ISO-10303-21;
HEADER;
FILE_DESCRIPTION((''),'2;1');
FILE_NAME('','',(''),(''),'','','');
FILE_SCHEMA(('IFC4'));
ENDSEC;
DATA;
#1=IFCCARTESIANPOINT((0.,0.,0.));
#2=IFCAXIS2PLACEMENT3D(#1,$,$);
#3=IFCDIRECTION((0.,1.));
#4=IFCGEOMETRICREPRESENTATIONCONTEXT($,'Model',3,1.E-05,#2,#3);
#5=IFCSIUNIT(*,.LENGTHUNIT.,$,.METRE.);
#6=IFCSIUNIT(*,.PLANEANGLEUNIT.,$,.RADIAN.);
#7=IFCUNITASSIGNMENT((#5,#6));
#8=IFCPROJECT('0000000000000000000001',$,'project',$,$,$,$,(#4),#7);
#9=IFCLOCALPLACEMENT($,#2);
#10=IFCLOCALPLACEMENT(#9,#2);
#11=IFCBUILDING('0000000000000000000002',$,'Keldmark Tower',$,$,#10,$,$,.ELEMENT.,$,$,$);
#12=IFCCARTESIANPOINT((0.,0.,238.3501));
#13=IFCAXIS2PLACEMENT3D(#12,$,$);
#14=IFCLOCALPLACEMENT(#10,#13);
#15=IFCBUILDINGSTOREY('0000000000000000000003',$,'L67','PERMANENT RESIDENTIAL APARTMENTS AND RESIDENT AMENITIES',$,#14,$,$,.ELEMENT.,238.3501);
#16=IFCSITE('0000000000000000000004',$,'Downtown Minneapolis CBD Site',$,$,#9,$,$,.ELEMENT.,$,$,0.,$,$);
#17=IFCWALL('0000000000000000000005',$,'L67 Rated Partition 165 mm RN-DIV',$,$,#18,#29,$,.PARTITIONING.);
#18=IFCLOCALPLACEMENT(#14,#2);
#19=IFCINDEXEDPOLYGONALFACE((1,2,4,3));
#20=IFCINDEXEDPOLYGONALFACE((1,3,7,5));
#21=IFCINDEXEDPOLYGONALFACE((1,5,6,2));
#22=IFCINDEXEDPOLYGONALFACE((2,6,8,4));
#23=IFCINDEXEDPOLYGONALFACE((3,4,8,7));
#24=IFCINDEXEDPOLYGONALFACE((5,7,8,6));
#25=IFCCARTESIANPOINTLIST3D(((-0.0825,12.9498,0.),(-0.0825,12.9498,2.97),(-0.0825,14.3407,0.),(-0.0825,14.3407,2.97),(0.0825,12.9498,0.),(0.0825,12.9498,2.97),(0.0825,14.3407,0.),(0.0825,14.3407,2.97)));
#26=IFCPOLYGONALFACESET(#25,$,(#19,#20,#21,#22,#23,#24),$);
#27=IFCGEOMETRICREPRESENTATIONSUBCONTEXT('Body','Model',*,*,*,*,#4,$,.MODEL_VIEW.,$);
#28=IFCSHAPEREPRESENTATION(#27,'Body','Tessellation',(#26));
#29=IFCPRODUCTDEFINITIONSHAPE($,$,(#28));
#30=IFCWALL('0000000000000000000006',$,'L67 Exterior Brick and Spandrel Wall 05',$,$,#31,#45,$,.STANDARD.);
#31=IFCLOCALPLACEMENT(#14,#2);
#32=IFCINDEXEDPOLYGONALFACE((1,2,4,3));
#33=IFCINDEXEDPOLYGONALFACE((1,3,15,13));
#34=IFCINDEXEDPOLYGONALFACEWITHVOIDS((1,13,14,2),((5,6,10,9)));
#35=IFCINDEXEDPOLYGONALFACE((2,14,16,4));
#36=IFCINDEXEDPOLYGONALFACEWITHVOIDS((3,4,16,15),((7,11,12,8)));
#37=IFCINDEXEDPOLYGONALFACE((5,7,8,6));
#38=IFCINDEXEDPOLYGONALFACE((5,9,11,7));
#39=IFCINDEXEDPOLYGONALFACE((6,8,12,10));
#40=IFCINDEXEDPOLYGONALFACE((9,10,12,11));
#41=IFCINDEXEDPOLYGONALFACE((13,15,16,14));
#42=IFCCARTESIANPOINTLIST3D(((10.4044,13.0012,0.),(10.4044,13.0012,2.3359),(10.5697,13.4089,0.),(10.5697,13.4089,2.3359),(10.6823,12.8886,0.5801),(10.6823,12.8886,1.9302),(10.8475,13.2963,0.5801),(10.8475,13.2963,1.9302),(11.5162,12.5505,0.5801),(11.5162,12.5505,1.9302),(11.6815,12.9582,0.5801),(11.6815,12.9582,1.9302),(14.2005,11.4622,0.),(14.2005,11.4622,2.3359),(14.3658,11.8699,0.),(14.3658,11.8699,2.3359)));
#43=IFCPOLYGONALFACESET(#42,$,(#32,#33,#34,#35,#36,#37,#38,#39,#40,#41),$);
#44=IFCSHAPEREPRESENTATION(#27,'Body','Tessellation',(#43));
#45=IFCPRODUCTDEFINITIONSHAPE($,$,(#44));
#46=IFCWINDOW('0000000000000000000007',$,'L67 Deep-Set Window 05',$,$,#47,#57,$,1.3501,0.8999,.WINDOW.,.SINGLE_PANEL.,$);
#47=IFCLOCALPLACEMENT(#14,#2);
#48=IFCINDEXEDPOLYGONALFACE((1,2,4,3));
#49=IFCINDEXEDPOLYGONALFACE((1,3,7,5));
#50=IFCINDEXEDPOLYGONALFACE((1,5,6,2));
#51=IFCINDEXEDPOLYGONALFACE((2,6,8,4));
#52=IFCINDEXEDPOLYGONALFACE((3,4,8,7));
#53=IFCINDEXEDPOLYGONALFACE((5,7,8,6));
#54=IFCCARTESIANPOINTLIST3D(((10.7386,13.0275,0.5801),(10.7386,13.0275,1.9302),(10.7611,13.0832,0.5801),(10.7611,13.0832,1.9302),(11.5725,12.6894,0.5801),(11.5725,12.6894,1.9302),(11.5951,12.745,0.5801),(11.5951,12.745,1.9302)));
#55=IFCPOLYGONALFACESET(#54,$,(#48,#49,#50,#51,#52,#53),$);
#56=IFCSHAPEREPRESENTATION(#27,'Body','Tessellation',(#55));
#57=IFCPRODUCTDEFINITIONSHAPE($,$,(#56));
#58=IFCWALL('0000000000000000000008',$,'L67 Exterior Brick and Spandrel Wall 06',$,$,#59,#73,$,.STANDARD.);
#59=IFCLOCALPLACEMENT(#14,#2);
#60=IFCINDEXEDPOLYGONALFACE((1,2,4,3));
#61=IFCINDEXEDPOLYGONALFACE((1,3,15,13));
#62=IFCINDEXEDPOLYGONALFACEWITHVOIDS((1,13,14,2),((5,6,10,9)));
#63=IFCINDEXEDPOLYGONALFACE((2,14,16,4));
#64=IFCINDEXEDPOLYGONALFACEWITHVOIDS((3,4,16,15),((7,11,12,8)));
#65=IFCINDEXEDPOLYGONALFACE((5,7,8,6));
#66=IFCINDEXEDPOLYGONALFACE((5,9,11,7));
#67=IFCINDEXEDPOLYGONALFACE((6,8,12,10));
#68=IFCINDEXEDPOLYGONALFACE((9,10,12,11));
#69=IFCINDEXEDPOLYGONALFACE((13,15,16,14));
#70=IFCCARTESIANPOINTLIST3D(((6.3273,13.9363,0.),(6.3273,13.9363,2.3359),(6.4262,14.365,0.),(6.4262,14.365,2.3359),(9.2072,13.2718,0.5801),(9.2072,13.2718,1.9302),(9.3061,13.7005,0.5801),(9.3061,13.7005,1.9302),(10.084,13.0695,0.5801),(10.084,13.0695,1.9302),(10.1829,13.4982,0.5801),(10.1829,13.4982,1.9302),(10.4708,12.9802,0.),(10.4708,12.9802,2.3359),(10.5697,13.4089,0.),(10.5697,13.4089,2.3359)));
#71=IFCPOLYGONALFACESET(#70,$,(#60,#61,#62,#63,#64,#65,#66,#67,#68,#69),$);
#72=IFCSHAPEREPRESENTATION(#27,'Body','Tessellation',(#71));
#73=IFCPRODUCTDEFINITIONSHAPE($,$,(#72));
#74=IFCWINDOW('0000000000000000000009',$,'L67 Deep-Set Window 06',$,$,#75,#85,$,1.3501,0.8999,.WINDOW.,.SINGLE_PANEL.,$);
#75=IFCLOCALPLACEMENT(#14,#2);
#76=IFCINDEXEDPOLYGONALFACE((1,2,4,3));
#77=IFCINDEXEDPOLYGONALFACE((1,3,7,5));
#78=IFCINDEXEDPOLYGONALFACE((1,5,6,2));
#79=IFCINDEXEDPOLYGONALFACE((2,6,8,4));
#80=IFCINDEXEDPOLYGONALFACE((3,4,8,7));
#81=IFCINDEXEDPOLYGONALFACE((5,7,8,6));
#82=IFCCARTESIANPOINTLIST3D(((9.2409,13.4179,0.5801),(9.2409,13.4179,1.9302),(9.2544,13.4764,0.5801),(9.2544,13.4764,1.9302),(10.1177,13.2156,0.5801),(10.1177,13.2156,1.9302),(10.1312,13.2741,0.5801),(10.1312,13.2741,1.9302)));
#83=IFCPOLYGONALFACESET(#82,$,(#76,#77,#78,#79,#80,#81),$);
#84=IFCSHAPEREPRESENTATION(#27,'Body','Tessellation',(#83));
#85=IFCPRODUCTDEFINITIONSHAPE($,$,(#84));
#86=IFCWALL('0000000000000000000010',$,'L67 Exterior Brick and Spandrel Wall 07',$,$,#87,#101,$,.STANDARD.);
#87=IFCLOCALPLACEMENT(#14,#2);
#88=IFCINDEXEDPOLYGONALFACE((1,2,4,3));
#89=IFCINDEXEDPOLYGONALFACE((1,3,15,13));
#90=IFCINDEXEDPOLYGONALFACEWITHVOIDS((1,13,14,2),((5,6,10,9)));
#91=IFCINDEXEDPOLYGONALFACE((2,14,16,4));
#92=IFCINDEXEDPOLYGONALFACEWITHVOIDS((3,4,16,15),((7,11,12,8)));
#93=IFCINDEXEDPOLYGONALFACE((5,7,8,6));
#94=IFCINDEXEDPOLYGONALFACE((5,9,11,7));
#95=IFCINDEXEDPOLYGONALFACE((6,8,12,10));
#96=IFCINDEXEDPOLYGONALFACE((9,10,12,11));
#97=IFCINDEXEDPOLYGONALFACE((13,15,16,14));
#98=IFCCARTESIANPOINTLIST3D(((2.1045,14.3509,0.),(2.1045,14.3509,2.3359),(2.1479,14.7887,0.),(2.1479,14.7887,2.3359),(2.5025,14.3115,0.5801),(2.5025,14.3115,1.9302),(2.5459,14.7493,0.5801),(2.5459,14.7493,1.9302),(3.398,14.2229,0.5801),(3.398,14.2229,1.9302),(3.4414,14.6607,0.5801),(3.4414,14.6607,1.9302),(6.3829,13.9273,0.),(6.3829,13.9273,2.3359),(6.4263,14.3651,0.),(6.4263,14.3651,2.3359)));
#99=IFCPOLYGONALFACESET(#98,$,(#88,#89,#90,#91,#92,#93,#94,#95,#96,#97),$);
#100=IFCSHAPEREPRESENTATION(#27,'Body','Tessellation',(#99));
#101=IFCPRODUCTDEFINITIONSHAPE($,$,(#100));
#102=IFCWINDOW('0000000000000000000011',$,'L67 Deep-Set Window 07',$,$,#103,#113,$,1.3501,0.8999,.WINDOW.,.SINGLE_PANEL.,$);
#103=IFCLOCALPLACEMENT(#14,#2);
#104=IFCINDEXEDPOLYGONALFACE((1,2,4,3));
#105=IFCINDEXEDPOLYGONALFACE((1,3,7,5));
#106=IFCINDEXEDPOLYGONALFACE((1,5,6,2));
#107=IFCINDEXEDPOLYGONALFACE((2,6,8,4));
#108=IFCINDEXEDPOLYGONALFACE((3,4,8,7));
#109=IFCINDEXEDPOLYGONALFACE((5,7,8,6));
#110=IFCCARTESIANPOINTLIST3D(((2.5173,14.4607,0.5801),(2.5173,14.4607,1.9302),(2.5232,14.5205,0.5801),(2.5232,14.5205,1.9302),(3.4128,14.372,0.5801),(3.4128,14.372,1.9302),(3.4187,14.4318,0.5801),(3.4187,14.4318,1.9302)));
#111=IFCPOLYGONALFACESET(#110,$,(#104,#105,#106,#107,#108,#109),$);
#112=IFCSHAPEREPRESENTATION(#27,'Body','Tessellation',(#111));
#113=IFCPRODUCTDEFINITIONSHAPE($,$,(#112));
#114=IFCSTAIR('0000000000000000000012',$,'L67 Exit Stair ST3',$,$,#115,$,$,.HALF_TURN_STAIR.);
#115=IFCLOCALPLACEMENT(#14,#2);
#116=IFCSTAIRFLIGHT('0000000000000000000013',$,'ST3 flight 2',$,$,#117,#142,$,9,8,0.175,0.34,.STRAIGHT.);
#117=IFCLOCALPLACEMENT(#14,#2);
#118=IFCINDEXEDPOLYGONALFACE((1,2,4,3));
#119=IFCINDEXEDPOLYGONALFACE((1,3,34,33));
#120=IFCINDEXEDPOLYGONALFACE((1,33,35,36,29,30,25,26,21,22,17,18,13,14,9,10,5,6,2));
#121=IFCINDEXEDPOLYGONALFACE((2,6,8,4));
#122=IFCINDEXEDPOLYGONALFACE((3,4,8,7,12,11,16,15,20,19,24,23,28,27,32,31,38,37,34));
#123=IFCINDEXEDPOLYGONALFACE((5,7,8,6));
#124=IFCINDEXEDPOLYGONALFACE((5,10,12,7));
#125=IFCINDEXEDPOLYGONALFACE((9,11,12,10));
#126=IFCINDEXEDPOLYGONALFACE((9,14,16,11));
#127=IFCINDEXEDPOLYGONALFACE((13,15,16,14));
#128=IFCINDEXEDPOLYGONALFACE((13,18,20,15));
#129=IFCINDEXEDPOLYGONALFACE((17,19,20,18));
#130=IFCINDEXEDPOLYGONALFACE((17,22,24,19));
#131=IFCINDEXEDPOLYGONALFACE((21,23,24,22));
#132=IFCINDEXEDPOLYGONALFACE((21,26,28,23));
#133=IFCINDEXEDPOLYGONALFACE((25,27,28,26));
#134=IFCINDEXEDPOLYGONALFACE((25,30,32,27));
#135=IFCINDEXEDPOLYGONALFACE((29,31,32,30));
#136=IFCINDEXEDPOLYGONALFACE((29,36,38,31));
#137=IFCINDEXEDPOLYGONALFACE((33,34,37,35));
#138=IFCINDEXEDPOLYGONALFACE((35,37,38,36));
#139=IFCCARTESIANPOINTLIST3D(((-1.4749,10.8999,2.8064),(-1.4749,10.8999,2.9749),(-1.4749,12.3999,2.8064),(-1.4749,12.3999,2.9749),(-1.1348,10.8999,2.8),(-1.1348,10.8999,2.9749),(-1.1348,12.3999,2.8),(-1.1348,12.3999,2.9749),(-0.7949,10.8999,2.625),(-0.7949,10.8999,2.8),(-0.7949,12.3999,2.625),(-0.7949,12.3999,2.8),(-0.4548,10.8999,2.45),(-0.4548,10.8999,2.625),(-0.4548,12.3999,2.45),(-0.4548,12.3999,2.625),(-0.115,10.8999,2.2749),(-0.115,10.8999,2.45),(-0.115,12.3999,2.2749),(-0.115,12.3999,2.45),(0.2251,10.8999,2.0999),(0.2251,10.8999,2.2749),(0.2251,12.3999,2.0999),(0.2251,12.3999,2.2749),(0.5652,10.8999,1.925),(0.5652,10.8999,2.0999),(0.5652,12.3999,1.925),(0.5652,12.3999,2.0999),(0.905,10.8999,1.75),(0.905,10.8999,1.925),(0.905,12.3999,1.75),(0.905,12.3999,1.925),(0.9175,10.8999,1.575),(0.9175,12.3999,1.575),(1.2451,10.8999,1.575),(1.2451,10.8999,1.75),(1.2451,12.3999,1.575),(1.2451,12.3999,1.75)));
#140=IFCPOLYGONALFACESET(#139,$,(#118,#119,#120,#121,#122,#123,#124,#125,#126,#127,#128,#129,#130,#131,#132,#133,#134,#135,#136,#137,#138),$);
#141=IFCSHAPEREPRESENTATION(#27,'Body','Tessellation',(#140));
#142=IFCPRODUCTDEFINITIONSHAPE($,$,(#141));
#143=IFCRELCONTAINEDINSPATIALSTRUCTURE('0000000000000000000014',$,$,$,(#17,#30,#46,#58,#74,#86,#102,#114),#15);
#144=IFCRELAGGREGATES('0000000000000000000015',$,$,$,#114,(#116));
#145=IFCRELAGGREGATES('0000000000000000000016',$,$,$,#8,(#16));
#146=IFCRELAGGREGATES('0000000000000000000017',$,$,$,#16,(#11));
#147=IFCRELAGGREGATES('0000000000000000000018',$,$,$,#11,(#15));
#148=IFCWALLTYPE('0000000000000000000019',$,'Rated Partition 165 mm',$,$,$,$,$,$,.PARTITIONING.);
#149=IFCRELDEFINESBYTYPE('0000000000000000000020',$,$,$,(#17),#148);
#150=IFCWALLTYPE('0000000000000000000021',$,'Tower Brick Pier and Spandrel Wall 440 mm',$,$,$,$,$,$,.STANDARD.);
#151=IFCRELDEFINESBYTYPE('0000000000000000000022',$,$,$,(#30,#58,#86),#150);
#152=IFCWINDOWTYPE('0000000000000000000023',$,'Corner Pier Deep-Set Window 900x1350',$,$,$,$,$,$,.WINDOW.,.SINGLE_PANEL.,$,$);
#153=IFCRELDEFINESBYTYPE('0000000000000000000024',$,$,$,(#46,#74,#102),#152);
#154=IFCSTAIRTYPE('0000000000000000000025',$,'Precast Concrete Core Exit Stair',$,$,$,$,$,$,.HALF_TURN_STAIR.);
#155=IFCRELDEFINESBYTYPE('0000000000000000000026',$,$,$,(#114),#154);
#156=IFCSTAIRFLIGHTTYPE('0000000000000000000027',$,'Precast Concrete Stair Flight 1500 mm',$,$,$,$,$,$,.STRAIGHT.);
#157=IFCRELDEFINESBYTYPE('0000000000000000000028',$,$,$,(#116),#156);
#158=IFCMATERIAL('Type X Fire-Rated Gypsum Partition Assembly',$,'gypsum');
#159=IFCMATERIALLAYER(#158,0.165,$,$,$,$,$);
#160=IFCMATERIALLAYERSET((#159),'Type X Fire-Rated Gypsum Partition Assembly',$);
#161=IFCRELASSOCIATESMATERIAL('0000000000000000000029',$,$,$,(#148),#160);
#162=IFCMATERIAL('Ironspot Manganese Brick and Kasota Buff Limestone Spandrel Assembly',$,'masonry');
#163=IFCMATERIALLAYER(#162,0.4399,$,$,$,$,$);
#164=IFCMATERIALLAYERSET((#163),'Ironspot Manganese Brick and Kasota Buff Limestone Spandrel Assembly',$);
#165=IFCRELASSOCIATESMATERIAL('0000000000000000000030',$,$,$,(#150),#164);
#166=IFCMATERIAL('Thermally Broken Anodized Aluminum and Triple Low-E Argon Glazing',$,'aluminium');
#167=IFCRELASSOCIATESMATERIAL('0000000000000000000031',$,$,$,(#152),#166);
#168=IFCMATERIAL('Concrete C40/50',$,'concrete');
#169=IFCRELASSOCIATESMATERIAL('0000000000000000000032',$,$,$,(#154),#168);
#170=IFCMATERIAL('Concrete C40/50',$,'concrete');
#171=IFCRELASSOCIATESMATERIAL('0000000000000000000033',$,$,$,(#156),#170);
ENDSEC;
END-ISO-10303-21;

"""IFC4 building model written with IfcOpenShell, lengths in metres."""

from ifc_helpers import new_model, si_unit, direction, frame, frame_2d, origin, place, context, subcontext, project, spatial, polyline, rectangle, outline, extrude, material, layer, layer_set, type_object, element, fill, aggregate, save


model = new_model("IFC4")

# Units and contexts
model_context = context("Model", 3, precision=1e-05, world=origin(), true_north=direction((0.0, 1.0)))
body_context = subcontext(model_context, "Body", "Model", "MODEL_VIEW")
ifc_project = project(units=[si_unit("LENGTHUNIT", "METRE"), si_unit("PLANEANGLEUNIT", "RADIAN")], contexts=[model_context])

# Site, building, storey
site_placement = place(None, origin())
site = spatial("IfcSite", under=ifc_project, at=site_placement, Name="Downtown Minneapolis CBD Site", CompositionType="ELEMENT", RefElevation=0.0)
building_placement = place(site_placement, origin())
building = spatial("IfcBuilding", under=site, at=building_placement, Name="Keldmark Tower", CompositionType="ELEMENT")
storey_placement = place(building_placement, frame((0.0, 0.0, 238.3501)))
storey = spatial("IfcBuildingStorey", under=building, at=storey_placement, Name="L67", Description="PERMANENT RESIDENTIAL APARTMENTS AND RESIDENT AMENITIES", CompositionType="ELEMENT", Elevation=238.3501)

# Wall
ifc_material_1 = material(Name="Type X Fire-Rated Gypsum Partition Assembly", Category="gypsum")
ifc_layer_1 = layer(ifc_material_1, 0.165)
ifc_layer_set_1 = layer_set([ifc_layer_1], Name="Type X Fire-Rated Gypsum Partition Assembly")
wall_type_1 = type_object("IfcWallType", Name="Rated Partition 165 mm", PredefinedType="PARTITIONING", material=ifc_layer_set_1)
wall_1_placement = place(storey_placement, frame((0.0, 12.95, 0.0), z_axis=(0.0, 0.0, 1.0), x_axis=(0.0, 1.0, 0.0)))
element("IfcWall", 1, at=wall_1_placement, inside=storey, type_object=wall_type_1, Name="L67 Rated Partition 165 mm RN-DIV", PredefinedType="PARTITIONING", context=body_context, shape_type="SweptSolid", body=[
    extrude(rectangle(XDim=1.3909, YDim=0.165, at=frame_2d((0.6953, 0.0))), origin(), (0.0, 0.0, 1.0), 2.97),
])

# Walls, openings, windows
ifc_material_2 = material(Name="Ironspot Manganese Brick and Kasota Buff Limestone Spandrel Assembly", Category="masonry")
ifc_layer_2 = layer(ifc_material_2, 0.4399)
ifc_layer_set_2 = layer_set([ifc_layer_2], Name="Ironspot Manganese Brick and Kasota Buff Limestone Spandrel Assembly")
wall_type_2 = type_object("IfcWallType", Name="Tower Brick Pier and Spandrel Wall 440 mm", PredefinedType="STANDARD", material=ifc_layer_set_2)
wall_2_placement = place(storey_placement, frame((10.4871, 13.2051, 0.0), z_axis=(0.0, 0.0, 1.0), x_axis=(0.926732, -0.375723, 0.0)))
wall_2 = element("IfcWall", 2, at=wall_2_placement, inside=storey, type_object=wall_type_2, Name="L67 Exterior Brick and Spandrel Wall 05", PredefinedType="STANDARD", context=body_context, shape_type="SweptSolid", body=[
    extrude(rectangle(XDim=4.0962, YDim=0.4399, at=frame_2d((2.0481, 0.0))), origin(), (0.0, 0.0, 1.0), 2.3359),
])
opening_1_placement = place(wall_2_placement, frame((0.2998, 0.0, 0.5801)))
opening_1 = element("IfcOpeningElement", 3, at=opening_1_placement, cuts=wall_2, PredefinedType="OPENING", context=body_context, shape_type="SweptSolid", body=[
    extrude(rectangle(XDim=0.8999, YDim=1.3501, at=frame_2d((0.45, 0.675))), frame((0.0, 0.23, 0.0), z_axis=(0.0, -1.0, 0.0), x_axis=(1.0, 0.0, 0.0)), (0.0, 0.0, 1.0), 0.46),
])
ifc_material_3 = material(Name="Thermally Broken Anodized Aluminum and Triple Low-E Argon Glazing", Category="aluminium")
window_type = type_object("IfcWindowType", Name="Corner Pier Deep-Set Window 900x1350", PartitioningType="SINGLE_PANEL", PredefinedType="WINDOW", material=ifc_material_3)
window_1_placement = place(opening_1_placement, origin())
window_1 = element("IfcWindow", 4, at=window_1_placement, inside=storey, type_object=window_type, Name="L67 Deep-Set Window 05", OverallHeight=1.3501, OverallWidth=0.8999, PartitioningType="SINGLE_PANEL", PredefinedType="WINDOW", context=body_context, shape_type="SweptSolid", body=[
    extrude(rectangle(XDim=0.8999, YDim=1.3501, at=frame_2d((0.45, 0.675))), frame((0.0, -0.01, 0.0), z_axis=(0.0, -1.0, 0.0), x_axis=(1.0, 0.0, 0.0)), (0.0, 0.0, 1.0), 0.0601),
])
fill(opening_1, window_1)
wall_3_placement = place(storey_placement, frame((6.3767, 14.1506, 0.0), z_axis=(0.0, 0.0, 1.0), x_axis=(0.974399, -0.224826, 0.0)))
wall_3 = element("IfcWall", 5, at=wall_3_placement, inside=storey, type_object=wall_type_2, Name="L67 Exterior Brick and Spandrel Wall 06", PredefinedType="STANDARD", context=body_context, shape_type="SweptSolid", body=[
    extrude(rectangle(XDim=4.2524, YDim=0.4399, at=frame_2d((2.1262, 0.0))), origin(), (0.0, 0.0, 1.0), 2.3359),
])
opening_2_placement = place(wall_3_placement, frame((2.9556, 0.0, 0.5801)))
opening_2 = element("IfcOpeningElement", 6, at=opening_2_placement, cuts=wall_3, PredefinedType="OPENING", context=body_context, shape_type="SweptSolid", body=[
    extrude(rectangle(XDim=0.8999, YDim=1.3501, at=frame_2d((0.45, 0.675))), frame((0.0, 0.23, 0.0), z_axis=(0.0, -1.0, 0.0), x_axis=(1.0, 0.0, 0.0)), (0.0, 0.0, 1.0), 0.46),
])
window_2_placement = place(opening_2_placement, origin())
window_2 = element("IfcWindow", 7, at=window_2_placement, inside=storey, type_object=window_type, Name="L67 Deep-Set Window 06", OverallHeight=1.3501, OverallWidth=0.8999, PartitioningType="SINGLE_PANEL", PredefinedType="WINDOW", context=body_context, shape_type="SweptSolid", body=[
    extrude(rectangle(XDim=0.8999, YDim=1.3501, at=frame_2d((0.45, 0.675))), frame((0.0, -0.01, 0.0), z_axis=(0.0, -1.0, 0.0), x_axis=(1.0, 0.0, 0.0)), (0.0, 0.0, 1.0), 0.0601),
])
fill(opening_2, window_2)
wall_4_placement = place(storey_placement, frame((2.1262, 14.5698, 0.0), z_axis=(0.0, 0.0, 1.0), x_axis=(0.995135, -0.098525, 0.0)))
wall_4 = element("IfcWall", 8, at=wall_4_placement, inside=storey, type_object=wall_type_2, Name="L67 Exterior Brick and Spandrel Wall 07", PredefinedType="STANDARD", context=body_context, shape_type="SweptSolid", body=[
    extrude(rectangle(XDim=4.2993, YDim=0.4399, at=frame_2d((2.1497, 0.0))), origin(), (0.0, 0.0, 1.0), 2.3359),
])
opening_3_placement = place(wall_4_placement, frame((0.3999, 0.0, 0.5801)))
opening_3 = element("IfcOpeningElement", 9, at=opening_3_placement, cuts=wall_4, PredefinedType="OPENING", context=body_context, shape_type="SweptSolid", body=[
    extrude(rectangle(XDim=0.8999, YDim=1.3501, at=frame_2d((0.45, 0.675))), frame((0.0, 0.23, 0.0), z_axis=(0.0, -1.0, 0.0), x_axis=(1.0, 0.0, 0.0)), (0.0, 0.0, 1.0), 0.46),
])
window_3_placement = place(opening_3_placement, origin())
window_3 = element("IfcWindow", 10, at=window_3_placement, inside=storey, type_object=window_type, Name="L67 Deep-Set Window 07", OverallHeight=1.3501, OverallWidth=0.8999, PartitioningType="SINGLE_PANEL", PredefinedType="WINDOW", context=body_context, shape_type="SweptSolid", body=[
    extrude(rectangle(XDim=0.8999, YDim=1.3501, at=frame_2d((0.45, 0.675))), frame((0.0, -0.01, 0.0), z_axis=(0.0, -1.0, 0.0), x_axis=(1.0, 0.0, 0.0)), (0.0, 0.0, 1.0), 0.0601),
])
fill(opening_3, window_3)

# Stair, stair flight
ifc_material_4 = material(Name="Concrete C40/50", Category="concrete")
stair_type = type_object("IfcStairType", Name="Precast Concrete Core Exit Stair", PredefinedType="HALF_TURN_STAIR", material=ifc_material_4)
stair_placement = place(storey_placement, origin())
stair = element("IfcStair", 11, at=stair_placement, inside=storey, type_object=stair_type, Name="L67 Exit Stair ST3", PredefinedType="HALF_TURN_STAIR")
ifc_material_5 = material(Name="Concrete C40/50", Category="concrete")
stair_flight_type = type_object("IfcStairFlightType", Name="Precast Concrete Stair Flight 1500 mm", PredefinedType="STRAIGHT", material=ifc_material_5)
stair_flight_placement = place(storey_placement, frame((1.2451, 11.6499, 1.575), z_axis=(0.0, 0.0, 1.0), x_axis=(-1.0, 0.0, 0.0)))
stair_flight = element("IfcStairFlight", 12, at=stair_flight_placement, type_object=stair_flight_type, Name="ST3 flight 2", NumberOfRisers=9, NumberOfTreads=8, PredefinedType="STRAIGHT", RiserHeight=0.175, TreadLength=0.34, context=body_context, shape_type="SweptSolid", body=[
    extrude(outline(polyline([(0.0, 0.0), (0.0, 0.175), (0.3401, 0.175), (0.3401, 0.3501), (0.6799, 0.3501), (0.6799, 0.5249), (1.02, 0.5249), (1.02, 0.7), (1.3601, 0.7), (1.3601, 0.875), (1.7, 0.875), (1.7, 1.05), (2.04, 1.05), (2.04, 1.2251), (2.3799, 1.2251), (2.3799, 1.3999), (2.72, 1.3999), (2.72, 1.575), (2.72, 1.2314), (0.3276, 0.0), (0.0, 0.0)])), frame((0.0, 0.75, 0.0), z_axis=(0.0, -1.0, 0.0), x_axis=(1.0, 0.0, 0.0)), (0.0, 0.0, 1.0), 1.5),
])
aggregate(stair, [stair_flight])

save(model, "model.ifc")
